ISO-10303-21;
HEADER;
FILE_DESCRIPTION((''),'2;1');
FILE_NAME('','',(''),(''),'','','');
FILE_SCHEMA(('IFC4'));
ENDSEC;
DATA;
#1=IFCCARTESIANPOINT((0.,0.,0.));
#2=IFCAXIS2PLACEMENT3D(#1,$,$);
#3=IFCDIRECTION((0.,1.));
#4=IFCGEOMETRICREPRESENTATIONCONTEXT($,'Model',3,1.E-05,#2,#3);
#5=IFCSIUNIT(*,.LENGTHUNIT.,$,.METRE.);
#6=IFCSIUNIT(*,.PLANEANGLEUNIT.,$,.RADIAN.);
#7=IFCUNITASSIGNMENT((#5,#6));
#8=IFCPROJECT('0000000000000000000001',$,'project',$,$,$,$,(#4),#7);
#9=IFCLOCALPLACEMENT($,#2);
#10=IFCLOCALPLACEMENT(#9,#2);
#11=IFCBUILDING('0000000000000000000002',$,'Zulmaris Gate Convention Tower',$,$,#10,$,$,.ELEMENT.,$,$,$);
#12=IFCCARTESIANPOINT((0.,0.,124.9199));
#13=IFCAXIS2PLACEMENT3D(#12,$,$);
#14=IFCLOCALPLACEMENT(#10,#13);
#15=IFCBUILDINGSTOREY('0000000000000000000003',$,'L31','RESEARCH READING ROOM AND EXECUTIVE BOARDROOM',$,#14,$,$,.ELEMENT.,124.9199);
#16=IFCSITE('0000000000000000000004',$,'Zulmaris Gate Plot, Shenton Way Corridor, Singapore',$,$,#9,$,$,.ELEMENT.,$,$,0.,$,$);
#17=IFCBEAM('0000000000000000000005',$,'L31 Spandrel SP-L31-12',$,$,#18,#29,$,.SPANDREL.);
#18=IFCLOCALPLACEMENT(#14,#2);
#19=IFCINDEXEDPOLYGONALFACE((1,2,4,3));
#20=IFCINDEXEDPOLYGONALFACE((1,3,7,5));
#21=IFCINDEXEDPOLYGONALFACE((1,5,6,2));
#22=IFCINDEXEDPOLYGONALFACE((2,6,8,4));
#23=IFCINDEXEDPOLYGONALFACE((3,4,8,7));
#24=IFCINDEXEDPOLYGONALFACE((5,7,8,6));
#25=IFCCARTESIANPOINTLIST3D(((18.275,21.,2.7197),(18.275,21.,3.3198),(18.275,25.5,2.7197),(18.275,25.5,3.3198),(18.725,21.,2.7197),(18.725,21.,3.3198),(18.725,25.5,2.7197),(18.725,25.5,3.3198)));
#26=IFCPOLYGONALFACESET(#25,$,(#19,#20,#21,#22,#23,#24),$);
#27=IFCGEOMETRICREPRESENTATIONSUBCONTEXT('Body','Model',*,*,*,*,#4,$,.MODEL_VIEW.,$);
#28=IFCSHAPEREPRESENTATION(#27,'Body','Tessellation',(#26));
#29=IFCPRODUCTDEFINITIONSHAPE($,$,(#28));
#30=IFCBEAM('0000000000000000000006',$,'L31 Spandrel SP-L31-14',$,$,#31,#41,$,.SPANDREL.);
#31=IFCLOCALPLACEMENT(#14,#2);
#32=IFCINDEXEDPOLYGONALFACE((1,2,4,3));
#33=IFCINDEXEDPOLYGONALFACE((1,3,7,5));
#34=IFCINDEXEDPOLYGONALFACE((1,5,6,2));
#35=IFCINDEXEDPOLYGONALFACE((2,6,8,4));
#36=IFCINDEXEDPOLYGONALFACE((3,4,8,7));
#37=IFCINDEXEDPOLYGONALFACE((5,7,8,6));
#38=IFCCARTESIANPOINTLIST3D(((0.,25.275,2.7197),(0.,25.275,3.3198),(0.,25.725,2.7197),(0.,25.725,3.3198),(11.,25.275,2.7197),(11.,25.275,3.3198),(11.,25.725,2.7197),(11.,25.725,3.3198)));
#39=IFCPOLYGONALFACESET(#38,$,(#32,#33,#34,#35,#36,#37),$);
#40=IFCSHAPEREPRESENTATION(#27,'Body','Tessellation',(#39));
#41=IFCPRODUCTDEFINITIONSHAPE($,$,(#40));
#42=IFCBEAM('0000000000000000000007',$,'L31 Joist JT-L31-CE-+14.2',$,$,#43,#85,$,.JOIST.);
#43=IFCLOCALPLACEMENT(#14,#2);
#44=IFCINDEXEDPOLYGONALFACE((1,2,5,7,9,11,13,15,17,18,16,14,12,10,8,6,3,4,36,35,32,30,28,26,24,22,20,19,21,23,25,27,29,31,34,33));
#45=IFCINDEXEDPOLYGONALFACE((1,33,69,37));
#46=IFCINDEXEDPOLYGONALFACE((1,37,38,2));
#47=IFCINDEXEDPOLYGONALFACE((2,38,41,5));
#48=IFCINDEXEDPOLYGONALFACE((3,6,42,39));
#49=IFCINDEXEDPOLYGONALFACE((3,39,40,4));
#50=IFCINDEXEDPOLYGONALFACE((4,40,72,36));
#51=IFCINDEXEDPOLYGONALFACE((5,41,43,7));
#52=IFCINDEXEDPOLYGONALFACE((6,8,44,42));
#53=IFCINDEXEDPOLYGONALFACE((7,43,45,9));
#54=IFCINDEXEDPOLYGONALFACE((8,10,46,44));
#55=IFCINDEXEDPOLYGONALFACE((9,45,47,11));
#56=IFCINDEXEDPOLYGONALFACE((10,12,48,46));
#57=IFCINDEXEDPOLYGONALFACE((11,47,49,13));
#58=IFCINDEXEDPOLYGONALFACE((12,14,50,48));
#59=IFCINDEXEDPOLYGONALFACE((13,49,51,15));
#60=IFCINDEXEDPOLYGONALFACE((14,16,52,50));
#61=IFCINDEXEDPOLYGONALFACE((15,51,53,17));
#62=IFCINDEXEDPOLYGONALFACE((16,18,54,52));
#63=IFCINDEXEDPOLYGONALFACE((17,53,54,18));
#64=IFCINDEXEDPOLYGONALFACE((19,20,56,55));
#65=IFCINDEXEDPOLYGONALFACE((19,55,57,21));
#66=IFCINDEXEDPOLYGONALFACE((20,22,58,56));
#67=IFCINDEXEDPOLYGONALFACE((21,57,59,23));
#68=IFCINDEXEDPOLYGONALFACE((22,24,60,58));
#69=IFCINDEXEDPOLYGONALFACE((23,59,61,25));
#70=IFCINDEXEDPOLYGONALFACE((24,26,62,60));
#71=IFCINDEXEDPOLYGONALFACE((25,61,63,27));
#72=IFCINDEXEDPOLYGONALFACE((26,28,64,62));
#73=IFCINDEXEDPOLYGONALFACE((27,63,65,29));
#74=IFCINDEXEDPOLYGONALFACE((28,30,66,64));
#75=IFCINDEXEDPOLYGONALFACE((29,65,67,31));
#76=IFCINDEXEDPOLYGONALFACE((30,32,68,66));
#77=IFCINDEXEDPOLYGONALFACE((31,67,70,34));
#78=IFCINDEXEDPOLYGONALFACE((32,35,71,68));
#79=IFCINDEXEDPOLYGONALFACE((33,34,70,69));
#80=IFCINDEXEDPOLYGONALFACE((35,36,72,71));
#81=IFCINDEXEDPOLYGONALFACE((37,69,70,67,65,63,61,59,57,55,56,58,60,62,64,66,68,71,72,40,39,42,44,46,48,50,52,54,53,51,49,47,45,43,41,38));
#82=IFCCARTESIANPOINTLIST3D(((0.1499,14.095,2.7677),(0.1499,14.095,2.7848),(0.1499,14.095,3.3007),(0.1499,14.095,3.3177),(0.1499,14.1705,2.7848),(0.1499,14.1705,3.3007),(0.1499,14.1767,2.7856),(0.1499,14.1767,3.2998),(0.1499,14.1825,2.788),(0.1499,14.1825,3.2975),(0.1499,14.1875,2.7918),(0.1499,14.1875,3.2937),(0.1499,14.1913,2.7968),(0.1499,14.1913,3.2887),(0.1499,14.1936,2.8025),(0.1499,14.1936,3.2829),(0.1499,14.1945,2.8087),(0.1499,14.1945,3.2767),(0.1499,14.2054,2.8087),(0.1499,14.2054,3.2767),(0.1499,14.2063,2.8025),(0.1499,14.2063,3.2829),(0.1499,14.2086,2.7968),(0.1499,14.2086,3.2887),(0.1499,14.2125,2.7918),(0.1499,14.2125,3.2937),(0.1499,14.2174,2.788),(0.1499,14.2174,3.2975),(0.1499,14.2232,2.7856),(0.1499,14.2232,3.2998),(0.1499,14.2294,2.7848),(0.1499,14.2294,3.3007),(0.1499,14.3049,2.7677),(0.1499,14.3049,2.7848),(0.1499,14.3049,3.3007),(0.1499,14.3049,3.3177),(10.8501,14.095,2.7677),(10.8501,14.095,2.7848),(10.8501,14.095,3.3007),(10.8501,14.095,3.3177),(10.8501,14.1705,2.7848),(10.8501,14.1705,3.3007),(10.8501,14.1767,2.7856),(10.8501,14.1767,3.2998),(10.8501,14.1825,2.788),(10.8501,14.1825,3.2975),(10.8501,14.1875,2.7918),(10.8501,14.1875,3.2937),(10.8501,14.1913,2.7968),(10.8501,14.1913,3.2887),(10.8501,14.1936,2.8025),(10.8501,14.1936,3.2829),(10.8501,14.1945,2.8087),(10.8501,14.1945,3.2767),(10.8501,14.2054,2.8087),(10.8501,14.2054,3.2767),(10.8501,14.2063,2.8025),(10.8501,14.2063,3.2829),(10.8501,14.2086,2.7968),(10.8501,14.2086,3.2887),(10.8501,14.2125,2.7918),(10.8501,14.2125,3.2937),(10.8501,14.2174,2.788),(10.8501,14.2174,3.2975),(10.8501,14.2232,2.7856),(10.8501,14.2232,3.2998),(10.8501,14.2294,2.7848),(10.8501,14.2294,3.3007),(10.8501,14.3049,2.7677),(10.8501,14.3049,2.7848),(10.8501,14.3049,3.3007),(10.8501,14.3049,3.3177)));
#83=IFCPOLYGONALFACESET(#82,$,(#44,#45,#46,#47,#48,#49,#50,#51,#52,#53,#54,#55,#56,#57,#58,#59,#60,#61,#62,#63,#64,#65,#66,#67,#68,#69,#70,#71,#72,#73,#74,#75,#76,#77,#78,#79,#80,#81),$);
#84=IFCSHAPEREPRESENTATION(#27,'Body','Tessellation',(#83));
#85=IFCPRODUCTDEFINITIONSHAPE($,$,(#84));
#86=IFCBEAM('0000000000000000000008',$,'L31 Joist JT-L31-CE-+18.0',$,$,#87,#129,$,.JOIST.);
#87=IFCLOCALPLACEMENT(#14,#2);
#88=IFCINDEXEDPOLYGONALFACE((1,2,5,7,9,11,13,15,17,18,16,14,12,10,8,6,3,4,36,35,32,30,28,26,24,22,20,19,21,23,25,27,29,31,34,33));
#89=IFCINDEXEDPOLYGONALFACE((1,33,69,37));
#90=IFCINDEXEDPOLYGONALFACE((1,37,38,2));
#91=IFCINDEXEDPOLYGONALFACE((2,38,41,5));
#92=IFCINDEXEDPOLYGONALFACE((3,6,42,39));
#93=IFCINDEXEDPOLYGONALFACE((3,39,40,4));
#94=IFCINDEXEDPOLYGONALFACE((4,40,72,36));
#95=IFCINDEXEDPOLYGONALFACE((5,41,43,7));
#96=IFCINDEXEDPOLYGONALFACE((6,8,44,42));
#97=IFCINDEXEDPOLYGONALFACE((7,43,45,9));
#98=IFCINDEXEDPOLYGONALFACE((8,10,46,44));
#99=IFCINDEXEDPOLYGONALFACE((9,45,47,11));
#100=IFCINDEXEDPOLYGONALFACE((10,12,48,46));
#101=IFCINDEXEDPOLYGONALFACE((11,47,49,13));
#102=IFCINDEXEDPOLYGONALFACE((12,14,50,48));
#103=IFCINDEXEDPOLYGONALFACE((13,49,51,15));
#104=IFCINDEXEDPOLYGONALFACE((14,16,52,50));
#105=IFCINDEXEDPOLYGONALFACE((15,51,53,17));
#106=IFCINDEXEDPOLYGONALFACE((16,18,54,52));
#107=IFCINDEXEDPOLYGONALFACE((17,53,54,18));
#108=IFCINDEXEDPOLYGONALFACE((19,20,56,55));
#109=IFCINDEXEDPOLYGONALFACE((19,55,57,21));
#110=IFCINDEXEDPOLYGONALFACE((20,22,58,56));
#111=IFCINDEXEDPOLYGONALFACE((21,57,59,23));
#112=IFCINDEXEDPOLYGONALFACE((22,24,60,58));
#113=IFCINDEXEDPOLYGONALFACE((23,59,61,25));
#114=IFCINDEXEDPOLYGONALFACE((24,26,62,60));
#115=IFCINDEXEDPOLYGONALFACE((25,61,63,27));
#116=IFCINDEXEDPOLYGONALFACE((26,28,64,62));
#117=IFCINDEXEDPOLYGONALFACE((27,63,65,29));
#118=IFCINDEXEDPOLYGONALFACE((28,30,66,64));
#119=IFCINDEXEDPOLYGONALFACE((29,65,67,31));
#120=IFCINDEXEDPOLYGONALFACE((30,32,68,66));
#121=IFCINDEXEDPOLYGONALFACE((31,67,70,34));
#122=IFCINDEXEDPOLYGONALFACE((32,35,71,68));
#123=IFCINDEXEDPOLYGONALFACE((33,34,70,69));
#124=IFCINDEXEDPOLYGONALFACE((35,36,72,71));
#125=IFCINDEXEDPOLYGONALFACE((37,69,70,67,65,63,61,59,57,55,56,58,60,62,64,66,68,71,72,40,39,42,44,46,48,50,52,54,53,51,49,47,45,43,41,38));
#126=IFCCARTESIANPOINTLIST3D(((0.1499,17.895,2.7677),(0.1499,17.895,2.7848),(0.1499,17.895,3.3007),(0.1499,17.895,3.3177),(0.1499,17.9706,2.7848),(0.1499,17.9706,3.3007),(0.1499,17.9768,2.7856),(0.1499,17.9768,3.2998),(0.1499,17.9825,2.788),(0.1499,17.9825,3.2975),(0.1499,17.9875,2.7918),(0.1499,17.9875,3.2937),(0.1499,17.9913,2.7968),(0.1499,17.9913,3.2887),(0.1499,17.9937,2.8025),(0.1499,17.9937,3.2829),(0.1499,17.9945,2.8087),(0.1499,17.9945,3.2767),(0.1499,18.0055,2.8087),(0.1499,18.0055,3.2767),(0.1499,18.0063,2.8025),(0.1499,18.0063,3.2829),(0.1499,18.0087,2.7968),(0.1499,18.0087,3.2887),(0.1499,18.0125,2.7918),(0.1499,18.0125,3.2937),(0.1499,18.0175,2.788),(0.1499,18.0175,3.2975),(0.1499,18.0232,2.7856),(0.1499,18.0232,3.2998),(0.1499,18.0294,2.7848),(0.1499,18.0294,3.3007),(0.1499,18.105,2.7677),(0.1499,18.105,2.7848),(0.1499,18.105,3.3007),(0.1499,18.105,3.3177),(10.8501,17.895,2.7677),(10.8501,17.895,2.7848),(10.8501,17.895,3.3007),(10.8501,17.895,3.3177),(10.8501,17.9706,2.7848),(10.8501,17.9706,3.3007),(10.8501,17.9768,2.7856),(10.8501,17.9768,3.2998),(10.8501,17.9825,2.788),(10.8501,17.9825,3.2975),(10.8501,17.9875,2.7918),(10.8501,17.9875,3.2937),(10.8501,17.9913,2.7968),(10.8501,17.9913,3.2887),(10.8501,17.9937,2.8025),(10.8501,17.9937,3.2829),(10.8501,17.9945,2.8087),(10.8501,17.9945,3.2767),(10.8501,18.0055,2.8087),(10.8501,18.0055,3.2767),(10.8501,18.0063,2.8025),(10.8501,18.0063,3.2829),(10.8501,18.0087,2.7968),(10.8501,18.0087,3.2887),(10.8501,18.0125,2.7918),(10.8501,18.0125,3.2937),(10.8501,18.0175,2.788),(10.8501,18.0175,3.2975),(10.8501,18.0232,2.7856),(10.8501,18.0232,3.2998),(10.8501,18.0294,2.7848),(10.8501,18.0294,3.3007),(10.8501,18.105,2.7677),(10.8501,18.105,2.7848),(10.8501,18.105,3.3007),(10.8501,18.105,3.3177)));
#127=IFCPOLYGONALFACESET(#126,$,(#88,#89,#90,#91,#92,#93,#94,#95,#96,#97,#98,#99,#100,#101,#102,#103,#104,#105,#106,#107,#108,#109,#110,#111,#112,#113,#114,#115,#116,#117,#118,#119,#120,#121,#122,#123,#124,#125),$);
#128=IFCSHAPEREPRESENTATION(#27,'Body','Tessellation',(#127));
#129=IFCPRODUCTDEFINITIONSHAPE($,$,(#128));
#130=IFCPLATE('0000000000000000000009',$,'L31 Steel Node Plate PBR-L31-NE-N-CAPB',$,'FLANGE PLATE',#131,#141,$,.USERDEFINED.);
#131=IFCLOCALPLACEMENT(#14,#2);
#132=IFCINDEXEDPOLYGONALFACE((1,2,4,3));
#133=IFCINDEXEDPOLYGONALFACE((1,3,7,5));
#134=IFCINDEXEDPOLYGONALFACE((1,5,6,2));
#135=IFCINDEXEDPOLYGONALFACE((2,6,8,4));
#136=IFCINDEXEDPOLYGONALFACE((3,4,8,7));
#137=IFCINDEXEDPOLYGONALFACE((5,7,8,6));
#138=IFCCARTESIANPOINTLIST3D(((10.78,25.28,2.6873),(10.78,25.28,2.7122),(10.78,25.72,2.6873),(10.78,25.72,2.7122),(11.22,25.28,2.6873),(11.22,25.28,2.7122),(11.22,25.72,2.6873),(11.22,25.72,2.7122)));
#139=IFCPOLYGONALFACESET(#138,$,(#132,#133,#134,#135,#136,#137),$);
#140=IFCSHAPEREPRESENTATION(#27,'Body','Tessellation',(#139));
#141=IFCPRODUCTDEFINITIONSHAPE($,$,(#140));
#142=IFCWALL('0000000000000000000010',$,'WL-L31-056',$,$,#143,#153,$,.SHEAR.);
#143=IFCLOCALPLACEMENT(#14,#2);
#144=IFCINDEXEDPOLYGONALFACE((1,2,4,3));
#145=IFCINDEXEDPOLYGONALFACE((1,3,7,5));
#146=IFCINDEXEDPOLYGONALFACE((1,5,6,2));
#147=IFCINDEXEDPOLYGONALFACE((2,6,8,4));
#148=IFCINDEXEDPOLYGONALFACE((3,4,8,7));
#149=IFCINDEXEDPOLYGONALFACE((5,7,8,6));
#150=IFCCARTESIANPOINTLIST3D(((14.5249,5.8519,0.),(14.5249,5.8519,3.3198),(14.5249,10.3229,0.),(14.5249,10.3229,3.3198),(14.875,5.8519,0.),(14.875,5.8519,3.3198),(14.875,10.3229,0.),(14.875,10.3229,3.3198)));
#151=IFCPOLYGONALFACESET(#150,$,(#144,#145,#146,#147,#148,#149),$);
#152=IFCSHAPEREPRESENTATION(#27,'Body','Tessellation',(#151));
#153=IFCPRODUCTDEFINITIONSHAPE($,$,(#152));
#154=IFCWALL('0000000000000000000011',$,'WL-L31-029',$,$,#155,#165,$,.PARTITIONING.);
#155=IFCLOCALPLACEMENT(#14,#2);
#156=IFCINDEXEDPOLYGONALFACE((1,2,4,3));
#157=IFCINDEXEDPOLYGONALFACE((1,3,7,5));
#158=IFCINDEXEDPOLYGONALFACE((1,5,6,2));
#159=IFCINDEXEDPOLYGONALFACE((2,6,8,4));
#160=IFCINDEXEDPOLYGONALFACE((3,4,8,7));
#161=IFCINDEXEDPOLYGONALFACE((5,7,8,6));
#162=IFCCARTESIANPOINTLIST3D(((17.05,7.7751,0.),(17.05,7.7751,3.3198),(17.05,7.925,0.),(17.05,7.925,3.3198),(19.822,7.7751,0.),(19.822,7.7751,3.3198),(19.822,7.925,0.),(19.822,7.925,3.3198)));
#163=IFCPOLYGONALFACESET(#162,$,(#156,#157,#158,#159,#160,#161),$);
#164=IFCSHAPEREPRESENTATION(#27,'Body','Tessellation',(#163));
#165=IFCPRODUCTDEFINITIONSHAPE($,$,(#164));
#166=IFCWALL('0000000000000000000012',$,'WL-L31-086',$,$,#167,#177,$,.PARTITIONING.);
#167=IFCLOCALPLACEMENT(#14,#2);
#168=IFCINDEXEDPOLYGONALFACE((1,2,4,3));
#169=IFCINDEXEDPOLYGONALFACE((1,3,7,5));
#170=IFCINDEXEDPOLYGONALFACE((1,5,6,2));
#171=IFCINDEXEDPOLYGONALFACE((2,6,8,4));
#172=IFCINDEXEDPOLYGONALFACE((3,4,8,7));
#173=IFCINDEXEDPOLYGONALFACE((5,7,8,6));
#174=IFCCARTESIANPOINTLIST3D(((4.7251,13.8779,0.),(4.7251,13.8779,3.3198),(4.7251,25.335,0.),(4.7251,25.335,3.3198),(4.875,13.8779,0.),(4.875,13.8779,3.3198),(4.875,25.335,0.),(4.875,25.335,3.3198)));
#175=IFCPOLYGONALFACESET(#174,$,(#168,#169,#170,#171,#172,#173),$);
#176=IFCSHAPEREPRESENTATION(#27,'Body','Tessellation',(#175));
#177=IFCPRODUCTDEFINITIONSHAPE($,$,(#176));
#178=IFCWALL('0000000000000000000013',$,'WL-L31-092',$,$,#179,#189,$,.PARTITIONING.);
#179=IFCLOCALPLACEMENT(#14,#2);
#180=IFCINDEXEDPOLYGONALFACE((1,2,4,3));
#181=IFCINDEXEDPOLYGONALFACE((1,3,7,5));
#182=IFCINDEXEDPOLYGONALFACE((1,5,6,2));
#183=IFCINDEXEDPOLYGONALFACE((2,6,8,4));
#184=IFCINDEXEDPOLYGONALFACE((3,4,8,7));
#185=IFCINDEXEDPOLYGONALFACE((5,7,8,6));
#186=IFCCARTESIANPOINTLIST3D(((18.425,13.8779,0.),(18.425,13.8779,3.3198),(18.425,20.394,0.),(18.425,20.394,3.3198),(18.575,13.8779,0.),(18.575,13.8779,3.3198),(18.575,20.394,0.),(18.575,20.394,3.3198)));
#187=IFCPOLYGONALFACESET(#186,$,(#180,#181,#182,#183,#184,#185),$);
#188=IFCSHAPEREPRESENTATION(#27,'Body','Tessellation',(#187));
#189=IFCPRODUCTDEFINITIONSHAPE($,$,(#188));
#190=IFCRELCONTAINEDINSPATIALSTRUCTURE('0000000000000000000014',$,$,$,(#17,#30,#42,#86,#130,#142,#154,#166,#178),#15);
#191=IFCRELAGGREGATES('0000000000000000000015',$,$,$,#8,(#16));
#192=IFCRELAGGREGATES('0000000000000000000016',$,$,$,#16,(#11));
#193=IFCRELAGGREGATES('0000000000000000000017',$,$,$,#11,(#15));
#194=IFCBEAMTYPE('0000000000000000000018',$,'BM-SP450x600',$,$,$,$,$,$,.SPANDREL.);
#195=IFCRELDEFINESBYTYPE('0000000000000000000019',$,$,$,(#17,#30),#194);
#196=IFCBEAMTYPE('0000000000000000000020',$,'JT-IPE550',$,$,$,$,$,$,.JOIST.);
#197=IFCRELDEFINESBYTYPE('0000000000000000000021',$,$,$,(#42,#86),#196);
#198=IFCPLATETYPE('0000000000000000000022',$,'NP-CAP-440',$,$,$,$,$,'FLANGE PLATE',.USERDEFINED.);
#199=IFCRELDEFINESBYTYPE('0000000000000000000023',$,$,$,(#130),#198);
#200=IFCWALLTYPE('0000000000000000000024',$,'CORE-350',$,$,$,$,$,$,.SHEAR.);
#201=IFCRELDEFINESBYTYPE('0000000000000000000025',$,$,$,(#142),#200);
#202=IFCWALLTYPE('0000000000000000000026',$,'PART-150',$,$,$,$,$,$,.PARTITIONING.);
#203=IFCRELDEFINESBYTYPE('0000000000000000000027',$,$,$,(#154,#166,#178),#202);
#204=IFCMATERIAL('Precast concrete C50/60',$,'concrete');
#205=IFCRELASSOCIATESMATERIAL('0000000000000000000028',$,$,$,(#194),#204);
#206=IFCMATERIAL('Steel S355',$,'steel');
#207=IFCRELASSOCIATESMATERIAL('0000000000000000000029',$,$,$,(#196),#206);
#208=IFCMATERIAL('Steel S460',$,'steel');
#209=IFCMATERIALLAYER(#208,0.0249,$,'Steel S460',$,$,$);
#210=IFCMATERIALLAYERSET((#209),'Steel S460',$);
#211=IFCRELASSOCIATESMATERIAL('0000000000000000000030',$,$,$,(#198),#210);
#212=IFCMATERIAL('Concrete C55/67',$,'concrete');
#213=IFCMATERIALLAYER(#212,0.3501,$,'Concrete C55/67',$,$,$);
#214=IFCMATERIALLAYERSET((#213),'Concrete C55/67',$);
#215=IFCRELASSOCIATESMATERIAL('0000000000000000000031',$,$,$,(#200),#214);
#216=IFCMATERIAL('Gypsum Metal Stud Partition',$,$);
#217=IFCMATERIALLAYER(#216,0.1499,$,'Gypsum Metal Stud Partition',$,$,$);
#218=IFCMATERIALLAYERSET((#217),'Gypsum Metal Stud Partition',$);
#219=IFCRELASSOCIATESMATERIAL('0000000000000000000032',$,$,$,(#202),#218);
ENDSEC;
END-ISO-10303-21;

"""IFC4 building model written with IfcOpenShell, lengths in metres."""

from ifc_helpers import new_model, si_unit, direction, frame, frame_2d, origin, origin_2d, place, context, subcontext, project, spatial, rectangle, i_section, extrude, material, layer, layer_set, material_profile, profile_set, type_object, element, save


model = new_model("IFC4")

# Units and contexts
model_context = context("Model", 3, precision=1e-05, world=origin(), true_north=direction((0.0, 1.0)))
body_context = subcontext(model_context, "Body", "Model", "MODEL_VIEW")
ifc_project = project(units=[si_unit("LENGTHUNIT", "METRE"), si_unit("PLANEANGLEUNIT", "RADIAN")], contexts=[model_context])

# Site, building, storey
site_placement = place(None, origin())
site = spatial("IfcSite", under=ifc_project, at=site_placement, Name="Zulmaris Gate Plot, Shenton Way Corridor, Singapore", CompositionType="ELEMENT", RefElevation=0.0)
building_placement = place(site_placement, origin())
building = spatial("IfcBuilding", under=site, at=building_placement, Name="Zulmaris Gate Convention Tower", CompositionType="ELEMENT")
storey_placement = place(building_placement, frame((0.0, 0.0, 124.9199)))
storey = spatial("IfcBuildingStorey", under=building, at=storey_placement, Name="L31", Description="RESEARCH READING ROOM AND EXECUTIVE BOARDROOM", CompositionType="ELEMENT", Elevation=124.9199)

# Beams
ifc_material_1 = material(Name="Steel S355", Category="steel")
ifc_material_2 = material(Name="Precast concrete C50/60", Category="concrete")
ifc_material_profile_1 = material_profile(ifc_material_2, rectangle(XDim=0.45, YDim=0.6001, at=origin_2d()), Name="RC SPANDREL 450x600")
ifc_profile_set_1 = profile_set([ifc_material_profile_1], Name="Precast concrete C50/60")
beam_type_1 = type_object("IfcBeamType", Name="BM-SP450x600", PredefinedType="SPANDREL", material=ifc_profile_set_1)
beam_1_placement = place(storey_placement, frame((18.5, 21.0, 3.0198), z_axis=(0.0, 1.0, 0.0), x_axis=(-1.0, 0.0, 0.0)))
element("IfcBeam", 1, at=beam_1_placement, inside=storey, type_object=beam_type_1, Name="L31 Spandrel SP-L31-12", PredefinedType="SPANDREL", context=body_context, shape_type="SweptSolid", body=[
    extrude(rectangle(XDim=0.45, YDim=0.6001, at=origin_2d()), origin(), (0.0, 0.0, 1.0), 4.5),
])
beam_2_placement = place(storey_placement, frame((11.0, 25.5, 3.0198), z_axis=(-1.0, 0.0, 0.0), x_axis=(0.0, -1.0, 0.0)))
element("IfcBeam", 2, at=beam_2_placement, inside=storey, type_object=beam_type_1, Name="L31 Spandrel SP-L31-14", PredefinedType="SPANDREL", context=body_context, shape_type="SweptSolid", body=[
    extrude(rectangle(XDim=0.45, YDim=0.6001, at=origin_2d()), origin(), (0.0, 0.0, 1.0), 11.0),
])
ifc_material_profile_2 = material_profile(ifc_material_1, i_section(OverallWidth=0.21, OverallDepth=0.55, WebThickness=0.011, FlangeThickness=0.0171, FilletRadius=0.0239, at=origin_2d()), Name="IPE 550")
ifc_profile_set_2 = profile_set([ifc_material_profile_2], Name="Steel S355")
beam_type_2 = type_object("IfcBeamType", Name="JT-IPE550", PredefinedType="JOIST", material=ifc_profile_set_2)
for number, where, z_axis, x_axis, name in (
    (3, (0.1499, 14.2, 3.0427), (1.0, 0.0, 0.0), (0.0, 1.0, 0.0), "L31 Joist JT-L31-CE-+14.2"),
    (4, (0.1499, 18.0, 3.0427), (1.0, 0.0, 0.0), (0.0, 1.0, 0.0), "L31 Joist JT-L31-CE-+18.0"),
):
    element("IfcBeam", number, at=place(storey_placement, frame(where, z_axis=z_axis, x_axis=x_axis)), inside=storey, type_object=beam_type_2, Name=name, PredefinedType="JOIST", context=body_context, shape_type="SweptSolid", body=[
        extrude(i_section(OverallWidth=0.21, OverallDepth=0.55, WebThickness=0.011, FlangeThickness=0.0171, FilletRadius=0.0239, at=origin_2d()), origin(), (0.0, 0.0, 1.0), 10.7002),
    ])

# Plate
ifc_material_3 = material(Name="Steel S460", Category="steel")
ifc_layer_1 = layer(ifc_material_3, 0.0249, Name="Steel S460")
ifc_layer_set_1 = layer_set([ifc_layer_1], Name="Steel S460")
plate_type = type_object("IfcPlateType", Name="NP-CAP-440", ElementType="FLANGE PLATE", PredefinedType="USERDEFINED", material=ifc_layer_set_1)
plate_placement = place(storey_placement, frame((11.0, 25.5, 2.6873), z_axis=(0.0, 0.0, 1.0), x_axis=(1.0, 0.0, 0.0)))
element("IfcPlate", 5, at=plate_placement, inside=storey, type_object=plate_type, Name="L31 Steel Node Plate PBR-L31-NE-N-CAPB", ObjectType="FLANGE PLATE", PredefinedType="USERDEFINED", context=body_context, shape_type="SweptSolid", body=[
    extrude(rectangle(XDim=0.4399, YDim=0.4399, at=origin_2d()), origin(), (0.0, 0.0, 1.0), 0.0249),
])

# Shared definitions
ifc_material_4 = material(Name="Concrete C55/67", Category="concrete")
ifc_layer_2 = layer(ifc_material_4, 0.3501, Name="Concrete C55/67")
ifc_layer_set_2 = layer_set([ifc_layer_2], Name="Concrete C55/67")
wall_type_1 = type_object("IfcWallType", Name="CORE-350", PredefinedType="SHEAR", material=ifc_layer_set_2)

# Walls
wall_1_placement = place(storey_placement, frame((14.7, 5.8521, 0.0), z_axis=(0.0, 0.0, 1.0), x_axis=(0.0, 1.0, 0.0)))
element("IfcWall", 6, at=wall_1_placement, inside=storey, type_object=wall_type_1, Name="WL-L31-056", PredefinedType="SHEAR", context=body_context, shape_type="SweptSolid", body=[
    extrude(rectangle(XDim=4.4709, YDim=0.3501, at=frame_2d((2.2354, 0.0))), origin(), (0.0, 0.0, 1.0), 3.3198),
])
ifc_material_5 = material(Name="Gypsum Metal Stud Partition")
ifc_layer_3 = layer(ifc_material_5, 0.1499, Name="Gypsum Metal Stud Partition")
ifc_layer_set_3 = layer_set([ifc_layer_3], Name="Gypsum Metal Stud Partition")
wall_type_2 = type_object("IfcWallType", Name="PART-150", PredefinedType="PARTITIONING", material=ifc_layer_set_3)
wall_2_placement = place(storey_placement, frame((17.05, 7.8501, 0.0), z_axis=(0.0, 0.0, 1.0), x_axis=(1.0, 0.0, 0.0)))
element("IfcWall", 7, at=wall_2_placement, inside=storey, type_object=wall_type_2, Name="WL-L31-029", PredefinedType="PARTITIONING", context=body_context, shape_type="SweptSolid", body=[
    extrude(rectangle(XDim=2.772, YDim=0.1499, at=frame_2d((1.386, 0.0))), origin(), (0.0, 0.0, 1.0), 3.3198),
])
wall_3_placement = place(storey_placement, frame((4.8, 13.8779, 0.0), z_axis=(0.0, 0.0, 1.0), x_axis=(0.0, 1.0, 0.0)))
element("IfcWall", 8, at=wall_3_placement, inside=storey, type_object=wall_type_2, Name="WL-L31-086", PredefinedType="PARTITIONING", context=body_context, shape_type="SweptSolid", body=[
    extrude(rectangle(XDim=11.457, YDim=0.1499, at=frame_2d((5.7285, 0.0))), origin(), (0.0, 0.0, 1.0), 3.3198),
])
wall_4_placement = place(storey_placement, frame((18.5, 13.8779, 0.0), z_axis=(0.0, 0.0, 1.0), x_axis=(0.0, 1.0, 0.0)))
element("IfcWall", 9, at=wall_4_placement, inside=storey, type_object=wall_type_2, Name="WL-L31-092", PredefinedType="PARTITIONING", context=body_context, shape_type="SweptSolid", body=[
    extrude(rectangle(XDim=6.5161, YDim=0.1499, at=frame_2d((3.2581, 0.0))), origin(), (0.0, 0.0, 1.0), 3.3198),
])

save(model, "model.ifc")
